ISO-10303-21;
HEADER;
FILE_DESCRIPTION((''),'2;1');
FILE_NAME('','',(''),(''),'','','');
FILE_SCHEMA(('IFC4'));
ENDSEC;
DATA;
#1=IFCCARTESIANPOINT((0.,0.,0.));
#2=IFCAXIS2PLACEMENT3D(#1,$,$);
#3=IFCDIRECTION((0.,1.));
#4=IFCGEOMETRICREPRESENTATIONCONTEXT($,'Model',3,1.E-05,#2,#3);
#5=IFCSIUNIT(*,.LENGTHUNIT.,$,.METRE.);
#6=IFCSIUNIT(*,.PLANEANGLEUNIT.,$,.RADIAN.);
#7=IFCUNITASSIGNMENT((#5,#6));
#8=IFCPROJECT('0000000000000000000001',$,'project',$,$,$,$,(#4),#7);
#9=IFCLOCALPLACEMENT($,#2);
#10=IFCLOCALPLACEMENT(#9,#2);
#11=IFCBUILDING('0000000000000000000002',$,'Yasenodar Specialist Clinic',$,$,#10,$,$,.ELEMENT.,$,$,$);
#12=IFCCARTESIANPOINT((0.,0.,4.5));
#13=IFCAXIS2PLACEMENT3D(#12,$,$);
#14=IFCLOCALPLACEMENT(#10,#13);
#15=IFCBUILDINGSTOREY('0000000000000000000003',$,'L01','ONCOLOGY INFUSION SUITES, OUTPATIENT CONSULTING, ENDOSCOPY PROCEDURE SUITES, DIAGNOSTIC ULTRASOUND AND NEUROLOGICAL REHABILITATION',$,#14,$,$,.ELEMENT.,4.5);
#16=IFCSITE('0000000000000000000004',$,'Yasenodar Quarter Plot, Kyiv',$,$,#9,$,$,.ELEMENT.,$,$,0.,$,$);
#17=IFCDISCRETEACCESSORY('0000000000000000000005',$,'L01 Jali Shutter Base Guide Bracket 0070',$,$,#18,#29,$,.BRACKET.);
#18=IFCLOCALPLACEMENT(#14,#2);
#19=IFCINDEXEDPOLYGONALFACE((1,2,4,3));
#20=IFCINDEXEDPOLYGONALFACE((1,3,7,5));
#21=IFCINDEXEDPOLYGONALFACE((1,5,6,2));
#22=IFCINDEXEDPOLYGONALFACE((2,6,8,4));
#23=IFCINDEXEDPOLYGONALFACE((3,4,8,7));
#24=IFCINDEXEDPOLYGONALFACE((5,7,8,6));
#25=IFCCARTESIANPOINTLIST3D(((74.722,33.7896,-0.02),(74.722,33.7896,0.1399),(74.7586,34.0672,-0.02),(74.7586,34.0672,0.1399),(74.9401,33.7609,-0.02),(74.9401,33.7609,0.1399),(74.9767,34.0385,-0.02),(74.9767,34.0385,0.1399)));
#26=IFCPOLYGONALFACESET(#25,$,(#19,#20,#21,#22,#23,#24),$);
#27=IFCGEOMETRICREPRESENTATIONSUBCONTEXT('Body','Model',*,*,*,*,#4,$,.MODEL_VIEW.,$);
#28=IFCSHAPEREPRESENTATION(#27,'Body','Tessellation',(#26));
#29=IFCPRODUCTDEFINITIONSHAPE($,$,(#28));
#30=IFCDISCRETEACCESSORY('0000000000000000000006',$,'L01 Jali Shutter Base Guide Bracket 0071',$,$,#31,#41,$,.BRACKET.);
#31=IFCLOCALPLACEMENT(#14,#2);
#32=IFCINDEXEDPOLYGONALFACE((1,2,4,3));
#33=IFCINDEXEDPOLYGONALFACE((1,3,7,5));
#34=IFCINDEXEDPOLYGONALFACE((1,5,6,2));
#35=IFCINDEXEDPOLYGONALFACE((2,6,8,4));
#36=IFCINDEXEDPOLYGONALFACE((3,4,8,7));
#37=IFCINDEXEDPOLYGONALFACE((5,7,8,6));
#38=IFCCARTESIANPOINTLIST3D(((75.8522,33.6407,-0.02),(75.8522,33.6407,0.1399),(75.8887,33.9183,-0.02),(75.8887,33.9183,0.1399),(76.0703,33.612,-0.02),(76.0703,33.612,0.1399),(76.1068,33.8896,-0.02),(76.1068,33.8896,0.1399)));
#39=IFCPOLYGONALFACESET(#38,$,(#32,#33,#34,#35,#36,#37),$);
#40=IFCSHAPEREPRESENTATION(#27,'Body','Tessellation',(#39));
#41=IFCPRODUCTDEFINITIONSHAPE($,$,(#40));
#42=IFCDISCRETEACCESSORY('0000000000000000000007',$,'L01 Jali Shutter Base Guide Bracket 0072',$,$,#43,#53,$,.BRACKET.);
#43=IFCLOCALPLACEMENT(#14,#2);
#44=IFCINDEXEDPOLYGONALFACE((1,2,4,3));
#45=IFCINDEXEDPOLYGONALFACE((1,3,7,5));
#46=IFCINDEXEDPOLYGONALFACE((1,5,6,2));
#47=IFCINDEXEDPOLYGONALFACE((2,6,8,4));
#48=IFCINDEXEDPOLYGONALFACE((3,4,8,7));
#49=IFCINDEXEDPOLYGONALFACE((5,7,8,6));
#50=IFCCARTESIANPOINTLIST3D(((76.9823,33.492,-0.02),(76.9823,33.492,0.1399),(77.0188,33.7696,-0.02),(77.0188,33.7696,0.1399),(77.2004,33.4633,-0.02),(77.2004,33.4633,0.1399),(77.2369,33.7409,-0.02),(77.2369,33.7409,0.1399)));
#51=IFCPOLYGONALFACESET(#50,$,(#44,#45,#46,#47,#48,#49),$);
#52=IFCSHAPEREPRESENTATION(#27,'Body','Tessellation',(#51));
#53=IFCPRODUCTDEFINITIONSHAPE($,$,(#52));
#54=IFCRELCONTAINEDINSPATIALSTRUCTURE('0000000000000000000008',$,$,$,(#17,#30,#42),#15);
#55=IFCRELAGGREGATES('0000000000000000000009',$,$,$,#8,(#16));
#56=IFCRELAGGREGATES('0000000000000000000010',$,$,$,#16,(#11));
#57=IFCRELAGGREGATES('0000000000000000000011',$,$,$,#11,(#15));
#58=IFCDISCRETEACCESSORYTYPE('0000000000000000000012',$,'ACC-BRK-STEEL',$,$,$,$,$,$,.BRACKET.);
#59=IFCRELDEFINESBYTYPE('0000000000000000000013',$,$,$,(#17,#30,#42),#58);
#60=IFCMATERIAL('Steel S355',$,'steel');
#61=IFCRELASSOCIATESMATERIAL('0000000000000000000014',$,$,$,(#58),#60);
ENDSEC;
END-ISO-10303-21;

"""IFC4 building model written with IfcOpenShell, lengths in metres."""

from ifc_helpers import new_model, si_unit, direction, frame, origin, origin_2d, place, context, subcontext, project, spatial, rectangle, extrude, material, type_object, element, save


model = new_model("IFC4")

# Units and contexts
model_context = context("Model", 3, precision=1e-05, world=origin(), true_north=direction((0.0, 1.0)))
body_context = subcontext(model_context, "Body", "Model", "MODEL_VIEW")
ifc_project = project(units=[si_unit("LENGTHUNIT", "METRE"), si_unit("PLANEANGLEUNIT", "RADIAN")], contexts=[model_context])

# Site, building, storey
site_placement = place(None, origin())
site = spatial("IfcSite", under=ifc_project, at=site_placement, Name="Yasenodar Quarter Plot, Kyiv", CompositionType="ELEMENT", RefElevation=0.0)
building_placement = place(site_placement, origin())
building = spatial("IfcBuilding", under=site, at=building_placement, Name="Yasenodar Specialist Clinic", CompositionType="ELEMENT")
storey_placement = place(building_placement, frame((0.0, 0.0, 4.5)))
storey = spatial("IfcBuildingStorey", under=building, at=storey_placement, Name="L01", Description="ONCOLOGY INFUSION SUITES, OUTPATIENT CONSULTING, ENDOSCOPY PROCEDURE SUITES, DIAGNOSTIC ULTRASOUND AND NEUROLOGICAL REHABILITATION", CompositionType="ELEMENT", Elevation=4.5)

# Shared definitions
ifc_material_1 = material(Name="Steel S355", Category="steel")

# Discrete accessories
discrete_accessory_type = type_object("IfcDiscreteAccessoryType", Name="ACC-BRK-STEEL", PredefinedType="BRACKET", material=ifc_material_1)
for number, where, z_axis, x_axis, name in (
    (1, (74.8494, 33.9141, -0.02), (0.0, 0.0, 1.0), (0.991446, -0.130519, 0.0), "L01 Jali Shutter Base Guide Bracket 0070"),
    (2, (75.9795, 33.7651, -0.02), (0.0, 0.0, 1.0), (0.991446, -0.130519, 0.0), "L01 Jali Shutter Base Guide Bracket 0071"),
    (3, (77.1096, 33.6165, -0.02), (0.0, 0.0, 1.0), (0.991446, -0.130519, 0.0), "L01 Jali Shutter Base Guide Bracket 0072"),
):
    element("IfcDiscreteAccessory", number, at=place(storey_placement, frame(where, z_axis=z_axis, x_axis=x_axis)), inside=storey, type_object=discrete_accessory_type, Name=name, PredefinedType="BRACKET", context=body_context, shape_type="SweptSolid", body=[
        extrude(rectangle(XDim=0.22, YDim=0.28, at=origin_2d()), origin(), (0.0, 0.0, 1.0), 0.1599),
    ])

save(model, "model.ifc")
